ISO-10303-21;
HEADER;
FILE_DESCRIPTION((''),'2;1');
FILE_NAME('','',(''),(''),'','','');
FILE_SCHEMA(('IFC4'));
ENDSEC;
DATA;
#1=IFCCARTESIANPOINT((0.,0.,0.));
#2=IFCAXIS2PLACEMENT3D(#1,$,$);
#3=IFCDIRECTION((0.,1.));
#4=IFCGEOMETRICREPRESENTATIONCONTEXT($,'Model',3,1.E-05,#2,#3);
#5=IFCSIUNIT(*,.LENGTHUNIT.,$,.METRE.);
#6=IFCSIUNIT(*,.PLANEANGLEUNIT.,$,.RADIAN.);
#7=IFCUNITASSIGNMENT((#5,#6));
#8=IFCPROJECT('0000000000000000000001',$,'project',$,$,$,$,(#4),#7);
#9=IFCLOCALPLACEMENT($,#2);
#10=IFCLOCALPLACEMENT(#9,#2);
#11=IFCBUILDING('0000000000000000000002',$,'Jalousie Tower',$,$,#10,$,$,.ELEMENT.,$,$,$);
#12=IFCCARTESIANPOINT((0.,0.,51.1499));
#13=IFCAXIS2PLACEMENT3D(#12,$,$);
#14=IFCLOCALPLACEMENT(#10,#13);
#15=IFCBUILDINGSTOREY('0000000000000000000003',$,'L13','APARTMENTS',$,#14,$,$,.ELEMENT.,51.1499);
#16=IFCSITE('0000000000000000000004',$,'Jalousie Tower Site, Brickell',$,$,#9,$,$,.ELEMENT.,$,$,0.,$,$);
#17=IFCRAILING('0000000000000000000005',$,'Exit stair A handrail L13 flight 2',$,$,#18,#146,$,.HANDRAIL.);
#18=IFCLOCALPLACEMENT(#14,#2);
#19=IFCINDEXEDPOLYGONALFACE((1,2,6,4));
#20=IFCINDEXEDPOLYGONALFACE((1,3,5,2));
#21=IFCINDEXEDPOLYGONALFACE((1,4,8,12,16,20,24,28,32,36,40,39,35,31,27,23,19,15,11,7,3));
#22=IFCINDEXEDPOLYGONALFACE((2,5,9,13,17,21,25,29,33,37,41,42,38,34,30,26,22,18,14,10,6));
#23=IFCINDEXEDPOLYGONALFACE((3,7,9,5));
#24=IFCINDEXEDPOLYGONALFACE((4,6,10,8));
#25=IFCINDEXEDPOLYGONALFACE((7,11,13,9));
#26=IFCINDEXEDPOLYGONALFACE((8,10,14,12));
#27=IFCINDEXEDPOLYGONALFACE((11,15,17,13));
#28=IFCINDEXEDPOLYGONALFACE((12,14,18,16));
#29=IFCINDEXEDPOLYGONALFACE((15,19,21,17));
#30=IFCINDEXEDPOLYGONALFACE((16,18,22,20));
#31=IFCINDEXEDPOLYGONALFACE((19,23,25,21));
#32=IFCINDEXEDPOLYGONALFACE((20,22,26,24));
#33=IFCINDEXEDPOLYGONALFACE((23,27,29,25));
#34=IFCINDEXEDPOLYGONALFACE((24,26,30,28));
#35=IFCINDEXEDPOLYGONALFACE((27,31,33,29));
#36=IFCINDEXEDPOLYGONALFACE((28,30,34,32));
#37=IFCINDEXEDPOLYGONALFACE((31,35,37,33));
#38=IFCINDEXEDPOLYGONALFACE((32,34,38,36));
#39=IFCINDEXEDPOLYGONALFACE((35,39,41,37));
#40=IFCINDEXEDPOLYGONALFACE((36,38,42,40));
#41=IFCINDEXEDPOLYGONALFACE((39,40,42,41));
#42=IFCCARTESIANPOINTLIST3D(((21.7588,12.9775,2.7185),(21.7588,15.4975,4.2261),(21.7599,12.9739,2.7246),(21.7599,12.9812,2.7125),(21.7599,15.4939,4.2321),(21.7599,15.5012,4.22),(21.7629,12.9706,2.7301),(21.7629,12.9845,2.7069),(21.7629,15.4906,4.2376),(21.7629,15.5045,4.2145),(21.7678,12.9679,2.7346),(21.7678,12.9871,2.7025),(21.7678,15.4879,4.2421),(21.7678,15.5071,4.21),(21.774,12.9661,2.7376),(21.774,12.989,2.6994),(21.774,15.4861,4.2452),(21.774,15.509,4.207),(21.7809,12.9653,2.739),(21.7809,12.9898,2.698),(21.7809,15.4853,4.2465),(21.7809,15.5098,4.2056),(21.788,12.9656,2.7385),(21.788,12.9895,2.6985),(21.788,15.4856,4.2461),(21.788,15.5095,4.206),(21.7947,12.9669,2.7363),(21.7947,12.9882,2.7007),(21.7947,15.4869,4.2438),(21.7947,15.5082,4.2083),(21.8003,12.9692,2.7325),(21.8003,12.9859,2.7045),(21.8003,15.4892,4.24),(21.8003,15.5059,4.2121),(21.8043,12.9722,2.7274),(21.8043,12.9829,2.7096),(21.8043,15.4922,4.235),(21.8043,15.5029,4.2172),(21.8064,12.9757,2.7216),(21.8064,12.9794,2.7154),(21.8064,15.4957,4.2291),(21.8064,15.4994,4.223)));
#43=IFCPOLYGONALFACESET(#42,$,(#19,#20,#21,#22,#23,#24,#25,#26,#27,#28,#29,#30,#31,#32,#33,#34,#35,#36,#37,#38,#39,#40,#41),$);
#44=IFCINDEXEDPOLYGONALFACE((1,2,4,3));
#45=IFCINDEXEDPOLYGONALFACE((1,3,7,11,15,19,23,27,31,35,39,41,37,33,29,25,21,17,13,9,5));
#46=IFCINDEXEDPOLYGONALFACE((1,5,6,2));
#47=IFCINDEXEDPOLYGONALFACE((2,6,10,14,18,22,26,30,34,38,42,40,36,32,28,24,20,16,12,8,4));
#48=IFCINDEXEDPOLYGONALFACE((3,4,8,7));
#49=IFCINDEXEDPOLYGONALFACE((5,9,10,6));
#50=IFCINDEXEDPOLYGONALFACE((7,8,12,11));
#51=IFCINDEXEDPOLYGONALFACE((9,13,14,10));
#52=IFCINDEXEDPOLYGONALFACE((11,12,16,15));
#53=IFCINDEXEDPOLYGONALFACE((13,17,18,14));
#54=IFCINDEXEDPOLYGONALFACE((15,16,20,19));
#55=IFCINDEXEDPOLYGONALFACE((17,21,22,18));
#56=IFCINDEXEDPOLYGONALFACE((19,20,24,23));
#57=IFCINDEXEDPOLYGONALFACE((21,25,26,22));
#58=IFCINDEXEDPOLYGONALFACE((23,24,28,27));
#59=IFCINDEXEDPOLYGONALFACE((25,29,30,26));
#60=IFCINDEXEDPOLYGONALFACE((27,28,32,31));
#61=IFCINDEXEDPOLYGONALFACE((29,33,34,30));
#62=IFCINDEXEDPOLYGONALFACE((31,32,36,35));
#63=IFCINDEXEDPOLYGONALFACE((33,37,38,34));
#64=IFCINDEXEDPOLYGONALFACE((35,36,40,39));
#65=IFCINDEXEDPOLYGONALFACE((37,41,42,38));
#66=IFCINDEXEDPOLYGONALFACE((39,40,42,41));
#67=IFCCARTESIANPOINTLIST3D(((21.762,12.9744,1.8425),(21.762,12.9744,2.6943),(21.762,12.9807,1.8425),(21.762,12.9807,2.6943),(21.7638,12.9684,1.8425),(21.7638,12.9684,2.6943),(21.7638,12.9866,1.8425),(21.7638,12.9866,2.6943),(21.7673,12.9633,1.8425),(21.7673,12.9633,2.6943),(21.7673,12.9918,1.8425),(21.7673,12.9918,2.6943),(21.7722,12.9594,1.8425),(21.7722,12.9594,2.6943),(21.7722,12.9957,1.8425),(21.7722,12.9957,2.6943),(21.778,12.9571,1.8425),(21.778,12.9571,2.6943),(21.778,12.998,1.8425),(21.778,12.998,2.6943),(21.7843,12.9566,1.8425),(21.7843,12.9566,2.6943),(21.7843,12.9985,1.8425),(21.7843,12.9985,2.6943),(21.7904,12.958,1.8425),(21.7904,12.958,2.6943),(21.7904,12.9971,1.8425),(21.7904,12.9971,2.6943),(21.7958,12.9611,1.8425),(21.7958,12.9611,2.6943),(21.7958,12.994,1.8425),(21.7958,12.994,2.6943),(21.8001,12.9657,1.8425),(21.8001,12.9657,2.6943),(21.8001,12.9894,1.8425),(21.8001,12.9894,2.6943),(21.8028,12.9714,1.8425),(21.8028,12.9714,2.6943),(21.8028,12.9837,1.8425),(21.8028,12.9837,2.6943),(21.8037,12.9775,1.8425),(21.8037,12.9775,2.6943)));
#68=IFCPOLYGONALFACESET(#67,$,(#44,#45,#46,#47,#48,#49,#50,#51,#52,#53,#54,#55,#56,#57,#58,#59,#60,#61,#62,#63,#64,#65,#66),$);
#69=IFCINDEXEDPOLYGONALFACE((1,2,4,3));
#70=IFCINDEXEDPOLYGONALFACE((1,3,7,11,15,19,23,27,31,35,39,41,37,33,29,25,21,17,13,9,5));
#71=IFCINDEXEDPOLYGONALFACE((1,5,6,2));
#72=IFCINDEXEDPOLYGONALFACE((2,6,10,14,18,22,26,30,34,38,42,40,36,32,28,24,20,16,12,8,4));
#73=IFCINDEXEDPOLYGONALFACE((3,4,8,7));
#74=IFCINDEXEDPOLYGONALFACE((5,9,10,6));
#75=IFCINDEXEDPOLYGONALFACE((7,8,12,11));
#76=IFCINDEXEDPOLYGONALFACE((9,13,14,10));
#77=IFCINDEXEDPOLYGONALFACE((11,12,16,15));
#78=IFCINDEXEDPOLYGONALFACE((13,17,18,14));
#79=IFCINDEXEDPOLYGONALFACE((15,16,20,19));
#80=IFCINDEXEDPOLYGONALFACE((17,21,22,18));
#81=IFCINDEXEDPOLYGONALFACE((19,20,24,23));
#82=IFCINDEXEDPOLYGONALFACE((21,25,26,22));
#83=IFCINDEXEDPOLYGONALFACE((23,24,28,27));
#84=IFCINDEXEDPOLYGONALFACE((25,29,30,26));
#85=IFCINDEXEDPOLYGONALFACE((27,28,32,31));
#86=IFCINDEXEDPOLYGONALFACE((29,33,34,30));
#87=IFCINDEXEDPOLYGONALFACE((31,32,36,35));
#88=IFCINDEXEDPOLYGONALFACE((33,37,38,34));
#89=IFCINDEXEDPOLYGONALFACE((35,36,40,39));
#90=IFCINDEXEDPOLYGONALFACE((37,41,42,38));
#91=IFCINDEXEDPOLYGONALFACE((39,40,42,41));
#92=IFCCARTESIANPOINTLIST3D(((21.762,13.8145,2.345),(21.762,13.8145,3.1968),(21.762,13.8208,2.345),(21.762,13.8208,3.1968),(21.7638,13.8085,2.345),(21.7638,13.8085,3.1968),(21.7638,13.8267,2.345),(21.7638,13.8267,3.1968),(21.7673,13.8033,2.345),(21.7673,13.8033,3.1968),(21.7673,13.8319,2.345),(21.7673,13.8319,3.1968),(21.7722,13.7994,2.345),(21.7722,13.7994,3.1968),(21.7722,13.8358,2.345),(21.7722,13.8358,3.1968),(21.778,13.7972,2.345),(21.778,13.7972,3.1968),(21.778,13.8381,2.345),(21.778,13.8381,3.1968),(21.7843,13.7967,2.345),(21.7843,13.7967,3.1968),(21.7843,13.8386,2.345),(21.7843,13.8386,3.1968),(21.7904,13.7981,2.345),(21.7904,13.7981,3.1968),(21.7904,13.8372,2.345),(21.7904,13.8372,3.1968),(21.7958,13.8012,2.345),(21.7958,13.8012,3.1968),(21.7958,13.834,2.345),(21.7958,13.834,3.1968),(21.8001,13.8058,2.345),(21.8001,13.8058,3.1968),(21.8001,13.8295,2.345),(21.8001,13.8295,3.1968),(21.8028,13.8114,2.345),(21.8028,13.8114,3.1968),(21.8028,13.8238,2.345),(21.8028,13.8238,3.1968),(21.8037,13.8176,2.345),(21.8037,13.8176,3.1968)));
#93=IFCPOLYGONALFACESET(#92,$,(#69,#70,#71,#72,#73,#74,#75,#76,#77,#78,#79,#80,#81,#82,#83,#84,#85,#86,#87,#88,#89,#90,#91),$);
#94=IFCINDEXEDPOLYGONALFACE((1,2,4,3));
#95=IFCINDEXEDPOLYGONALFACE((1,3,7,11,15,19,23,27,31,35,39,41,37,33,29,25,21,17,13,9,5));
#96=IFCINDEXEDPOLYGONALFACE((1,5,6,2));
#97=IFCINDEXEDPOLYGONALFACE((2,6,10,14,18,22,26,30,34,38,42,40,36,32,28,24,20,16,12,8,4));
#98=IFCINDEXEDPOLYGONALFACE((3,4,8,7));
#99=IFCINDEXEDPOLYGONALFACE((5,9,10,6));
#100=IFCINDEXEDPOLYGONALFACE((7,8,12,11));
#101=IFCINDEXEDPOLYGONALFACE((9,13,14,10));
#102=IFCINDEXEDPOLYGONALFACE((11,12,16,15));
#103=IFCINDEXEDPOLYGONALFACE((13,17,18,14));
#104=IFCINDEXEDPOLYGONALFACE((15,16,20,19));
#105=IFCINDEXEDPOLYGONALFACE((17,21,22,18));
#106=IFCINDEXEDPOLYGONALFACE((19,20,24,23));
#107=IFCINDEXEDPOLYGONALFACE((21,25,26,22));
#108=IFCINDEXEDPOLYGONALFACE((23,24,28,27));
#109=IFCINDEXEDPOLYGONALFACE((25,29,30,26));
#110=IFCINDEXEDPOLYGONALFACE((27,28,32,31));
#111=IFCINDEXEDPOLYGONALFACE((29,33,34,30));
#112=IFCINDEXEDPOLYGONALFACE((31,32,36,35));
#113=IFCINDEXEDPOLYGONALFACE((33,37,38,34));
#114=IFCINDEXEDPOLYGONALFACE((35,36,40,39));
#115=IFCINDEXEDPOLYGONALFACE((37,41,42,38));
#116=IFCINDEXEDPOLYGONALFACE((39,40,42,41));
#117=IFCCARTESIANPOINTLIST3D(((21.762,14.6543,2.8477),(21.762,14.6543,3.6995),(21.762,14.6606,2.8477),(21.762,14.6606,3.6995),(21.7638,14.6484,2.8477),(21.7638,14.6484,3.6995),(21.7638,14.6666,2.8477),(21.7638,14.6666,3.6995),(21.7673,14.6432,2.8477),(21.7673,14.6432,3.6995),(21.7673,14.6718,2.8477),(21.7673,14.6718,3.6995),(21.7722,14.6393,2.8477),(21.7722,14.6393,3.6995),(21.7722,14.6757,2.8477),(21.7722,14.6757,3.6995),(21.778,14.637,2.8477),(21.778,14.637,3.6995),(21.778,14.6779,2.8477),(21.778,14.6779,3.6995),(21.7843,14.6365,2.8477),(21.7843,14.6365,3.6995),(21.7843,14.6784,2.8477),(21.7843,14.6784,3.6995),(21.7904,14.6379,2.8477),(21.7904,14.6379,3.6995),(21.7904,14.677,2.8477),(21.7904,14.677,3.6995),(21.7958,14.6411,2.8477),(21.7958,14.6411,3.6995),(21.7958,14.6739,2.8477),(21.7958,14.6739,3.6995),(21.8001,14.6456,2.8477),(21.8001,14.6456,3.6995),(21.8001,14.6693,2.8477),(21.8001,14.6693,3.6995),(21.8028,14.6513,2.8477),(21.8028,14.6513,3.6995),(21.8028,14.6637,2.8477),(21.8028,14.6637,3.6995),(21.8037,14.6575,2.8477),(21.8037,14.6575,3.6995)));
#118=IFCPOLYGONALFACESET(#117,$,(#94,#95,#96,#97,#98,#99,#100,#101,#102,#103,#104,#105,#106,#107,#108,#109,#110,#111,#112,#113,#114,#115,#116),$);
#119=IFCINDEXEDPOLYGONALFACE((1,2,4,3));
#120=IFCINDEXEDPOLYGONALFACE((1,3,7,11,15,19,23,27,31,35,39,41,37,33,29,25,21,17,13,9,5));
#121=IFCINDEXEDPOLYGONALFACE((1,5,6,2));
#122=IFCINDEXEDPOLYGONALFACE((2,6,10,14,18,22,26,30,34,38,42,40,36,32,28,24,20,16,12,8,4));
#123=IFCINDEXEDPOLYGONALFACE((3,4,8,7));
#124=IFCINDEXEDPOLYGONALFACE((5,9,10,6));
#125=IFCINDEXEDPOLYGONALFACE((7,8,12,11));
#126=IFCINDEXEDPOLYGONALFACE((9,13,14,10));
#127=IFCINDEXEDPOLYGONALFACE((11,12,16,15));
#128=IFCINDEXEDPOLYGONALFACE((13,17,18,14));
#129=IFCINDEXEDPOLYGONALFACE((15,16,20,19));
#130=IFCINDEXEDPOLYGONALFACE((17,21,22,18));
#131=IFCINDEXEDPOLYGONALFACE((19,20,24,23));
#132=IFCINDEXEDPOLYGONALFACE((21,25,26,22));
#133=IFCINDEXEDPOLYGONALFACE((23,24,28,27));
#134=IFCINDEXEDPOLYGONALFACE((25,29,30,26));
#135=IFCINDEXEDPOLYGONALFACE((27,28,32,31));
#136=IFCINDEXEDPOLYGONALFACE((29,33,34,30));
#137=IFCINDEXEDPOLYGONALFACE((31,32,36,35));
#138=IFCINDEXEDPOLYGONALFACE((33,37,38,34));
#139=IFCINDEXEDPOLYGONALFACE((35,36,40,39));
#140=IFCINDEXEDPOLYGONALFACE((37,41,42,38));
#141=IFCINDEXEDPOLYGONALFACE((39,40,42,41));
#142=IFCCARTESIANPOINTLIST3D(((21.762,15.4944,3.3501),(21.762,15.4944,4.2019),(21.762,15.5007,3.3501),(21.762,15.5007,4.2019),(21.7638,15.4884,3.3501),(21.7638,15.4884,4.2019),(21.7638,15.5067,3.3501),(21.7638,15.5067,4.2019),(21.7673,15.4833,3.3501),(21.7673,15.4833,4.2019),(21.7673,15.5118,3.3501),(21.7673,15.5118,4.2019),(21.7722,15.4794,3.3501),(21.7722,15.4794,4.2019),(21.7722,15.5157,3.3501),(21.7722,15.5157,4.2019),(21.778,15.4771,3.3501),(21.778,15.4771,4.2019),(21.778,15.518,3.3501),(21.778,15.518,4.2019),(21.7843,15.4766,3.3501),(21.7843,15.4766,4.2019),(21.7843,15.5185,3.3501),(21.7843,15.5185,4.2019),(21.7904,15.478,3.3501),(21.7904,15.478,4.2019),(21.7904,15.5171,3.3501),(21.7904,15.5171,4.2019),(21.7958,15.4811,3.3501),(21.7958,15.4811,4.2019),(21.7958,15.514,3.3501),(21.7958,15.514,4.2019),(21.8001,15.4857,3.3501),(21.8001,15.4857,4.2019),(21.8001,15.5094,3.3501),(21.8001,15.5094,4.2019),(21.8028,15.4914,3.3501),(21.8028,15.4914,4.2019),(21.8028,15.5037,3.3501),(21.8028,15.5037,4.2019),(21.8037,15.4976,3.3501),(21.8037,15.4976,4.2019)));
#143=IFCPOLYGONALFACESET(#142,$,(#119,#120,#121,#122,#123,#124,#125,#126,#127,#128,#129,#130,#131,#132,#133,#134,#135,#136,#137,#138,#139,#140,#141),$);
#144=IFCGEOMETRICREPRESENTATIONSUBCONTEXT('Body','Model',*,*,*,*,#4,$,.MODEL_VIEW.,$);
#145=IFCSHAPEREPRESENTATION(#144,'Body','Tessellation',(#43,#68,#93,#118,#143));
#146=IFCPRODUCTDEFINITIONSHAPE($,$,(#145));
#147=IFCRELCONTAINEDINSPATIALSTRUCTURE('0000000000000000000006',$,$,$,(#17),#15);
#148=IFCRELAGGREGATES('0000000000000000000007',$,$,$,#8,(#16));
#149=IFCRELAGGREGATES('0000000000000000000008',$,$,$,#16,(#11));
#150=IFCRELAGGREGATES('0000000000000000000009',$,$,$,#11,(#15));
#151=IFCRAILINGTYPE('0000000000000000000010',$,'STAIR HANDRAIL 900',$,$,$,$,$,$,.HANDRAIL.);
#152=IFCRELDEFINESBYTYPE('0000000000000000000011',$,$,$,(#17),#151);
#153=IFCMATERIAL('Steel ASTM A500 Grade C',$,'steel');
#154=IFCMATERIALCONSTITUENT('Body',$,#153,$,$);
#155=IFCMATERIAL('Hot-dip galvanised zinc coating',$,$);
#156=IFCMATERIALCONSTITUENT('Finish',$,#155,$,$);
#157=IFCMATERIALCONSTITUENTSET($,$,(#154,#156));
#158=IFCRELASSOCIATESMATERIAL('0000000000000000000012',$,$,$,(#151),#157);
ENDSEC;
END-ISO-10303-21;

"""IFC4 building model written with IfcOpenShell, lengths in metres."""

from ifc_helpers import new_model, si_unit, direction, frame, origin, origin_2d, place, context, subcontext, project, spatial, circle, extrude, material, constituent, constituent_set, type_object, element, save


model = new_model("IFC4")

# Units and contexts
model_context = context("Model", 3, precision=1e-05, world=origin(), true_north=direction((0.0, 1.0)))
body_context = subcontext(model_context, "Body", "Model", "MODEL_VIEW")
ifc_project = project(units=[si_unit("LENGTHUNIT", "METRE"), si_unit("PLANEANGLEUNIT", "RADIAN")], contexts=[model_context])

# Site, building, storey
site_placement = place(None, origin())
site = spatial("IfcSite", under=ifc_project, at=site_placement, Name="Jalousie Tower Site, Brickell", CompositionType="ELEMENT", RefElevation=0.0)
building_placement = place(site_placement, origin())
building = spatial("IfcBuilding", under=site, at=building_placement, Name="Jalousie Tower", CompositionType="ELEMENT")
storey_placement = place(building_placement, frame((0.0, 0.0, 51.1499)))
storey = spatial("IfcBuildingStorey", under=building, at=storey_placement, Name="L13", Description="APARTMENTS", CompositionType="ELEMENT", Elevation=51.1499)

# Railing
ifc_material_1 = material(Name="Steel ASTM A500 Grade C", Category="steel")
ifc_constituent_1 = constituent(ifc_material_1, Name="Body")
ifc_material_2 = material(Name="Hot-dip galvanised zinc coating")
ifc_constituent_2 = constituent(ifc_material_2, Name="Finish")
ifc_constituent_set_1 = constituent_set(constituents=[ifc_constituent_1, ifc_constituent_2])
railing_type_1 = type_object("IfcRailingType", Name="STAIR HANDRAIL 900", PredefinedType="HANDRAIL", material=ifc_constituent_set_1)
railing_1_placement = place(storey_placement, frame((21.7827, 12.9775, 1.8425)))
element("IfcRailing", 1, at=railing_1_placement, inside=storey, type_object=railing_type_1, Name="Exit stair A handrail L13 flight 2", PredefinedType="HANDRAIL", context=body_context, shape_type="SweptSolid", body=[
    extrude(circle(Radius=0.0239, at=origin_2d()), frame((0.0, 0.0, 0.876), z_axis=(0.0, 0.85816, 0.513383), x_axis=(-1.0, 0.0, 0.0)), (0.0, 0.0, 1.0), 2.9365),
    extrude(circle(Radius=0.021, at=origin_2d()), origin(), (0.0, 0.0, 1.0), 0.8518),
    extrude(circle(Radius=0.021, at=origin_2d()), frame((0.0, 0.8401, 0.5024)), (0.0, 0.0, 1.0), 0.8518),
    extrude(circle(Radius=0.021, at=origin_2d()), frame((0.0, 1.6799, 1.0051)), (0.0, 0.0, 1.0), 0.8518),
    extrude(circle(Radius=0.021, at=origin_2d()), frame((0.0, 2.52, 1.5076)), (0.0, 0.0, 1.0), 0.8518),
])

save(model, "model.ifc")
